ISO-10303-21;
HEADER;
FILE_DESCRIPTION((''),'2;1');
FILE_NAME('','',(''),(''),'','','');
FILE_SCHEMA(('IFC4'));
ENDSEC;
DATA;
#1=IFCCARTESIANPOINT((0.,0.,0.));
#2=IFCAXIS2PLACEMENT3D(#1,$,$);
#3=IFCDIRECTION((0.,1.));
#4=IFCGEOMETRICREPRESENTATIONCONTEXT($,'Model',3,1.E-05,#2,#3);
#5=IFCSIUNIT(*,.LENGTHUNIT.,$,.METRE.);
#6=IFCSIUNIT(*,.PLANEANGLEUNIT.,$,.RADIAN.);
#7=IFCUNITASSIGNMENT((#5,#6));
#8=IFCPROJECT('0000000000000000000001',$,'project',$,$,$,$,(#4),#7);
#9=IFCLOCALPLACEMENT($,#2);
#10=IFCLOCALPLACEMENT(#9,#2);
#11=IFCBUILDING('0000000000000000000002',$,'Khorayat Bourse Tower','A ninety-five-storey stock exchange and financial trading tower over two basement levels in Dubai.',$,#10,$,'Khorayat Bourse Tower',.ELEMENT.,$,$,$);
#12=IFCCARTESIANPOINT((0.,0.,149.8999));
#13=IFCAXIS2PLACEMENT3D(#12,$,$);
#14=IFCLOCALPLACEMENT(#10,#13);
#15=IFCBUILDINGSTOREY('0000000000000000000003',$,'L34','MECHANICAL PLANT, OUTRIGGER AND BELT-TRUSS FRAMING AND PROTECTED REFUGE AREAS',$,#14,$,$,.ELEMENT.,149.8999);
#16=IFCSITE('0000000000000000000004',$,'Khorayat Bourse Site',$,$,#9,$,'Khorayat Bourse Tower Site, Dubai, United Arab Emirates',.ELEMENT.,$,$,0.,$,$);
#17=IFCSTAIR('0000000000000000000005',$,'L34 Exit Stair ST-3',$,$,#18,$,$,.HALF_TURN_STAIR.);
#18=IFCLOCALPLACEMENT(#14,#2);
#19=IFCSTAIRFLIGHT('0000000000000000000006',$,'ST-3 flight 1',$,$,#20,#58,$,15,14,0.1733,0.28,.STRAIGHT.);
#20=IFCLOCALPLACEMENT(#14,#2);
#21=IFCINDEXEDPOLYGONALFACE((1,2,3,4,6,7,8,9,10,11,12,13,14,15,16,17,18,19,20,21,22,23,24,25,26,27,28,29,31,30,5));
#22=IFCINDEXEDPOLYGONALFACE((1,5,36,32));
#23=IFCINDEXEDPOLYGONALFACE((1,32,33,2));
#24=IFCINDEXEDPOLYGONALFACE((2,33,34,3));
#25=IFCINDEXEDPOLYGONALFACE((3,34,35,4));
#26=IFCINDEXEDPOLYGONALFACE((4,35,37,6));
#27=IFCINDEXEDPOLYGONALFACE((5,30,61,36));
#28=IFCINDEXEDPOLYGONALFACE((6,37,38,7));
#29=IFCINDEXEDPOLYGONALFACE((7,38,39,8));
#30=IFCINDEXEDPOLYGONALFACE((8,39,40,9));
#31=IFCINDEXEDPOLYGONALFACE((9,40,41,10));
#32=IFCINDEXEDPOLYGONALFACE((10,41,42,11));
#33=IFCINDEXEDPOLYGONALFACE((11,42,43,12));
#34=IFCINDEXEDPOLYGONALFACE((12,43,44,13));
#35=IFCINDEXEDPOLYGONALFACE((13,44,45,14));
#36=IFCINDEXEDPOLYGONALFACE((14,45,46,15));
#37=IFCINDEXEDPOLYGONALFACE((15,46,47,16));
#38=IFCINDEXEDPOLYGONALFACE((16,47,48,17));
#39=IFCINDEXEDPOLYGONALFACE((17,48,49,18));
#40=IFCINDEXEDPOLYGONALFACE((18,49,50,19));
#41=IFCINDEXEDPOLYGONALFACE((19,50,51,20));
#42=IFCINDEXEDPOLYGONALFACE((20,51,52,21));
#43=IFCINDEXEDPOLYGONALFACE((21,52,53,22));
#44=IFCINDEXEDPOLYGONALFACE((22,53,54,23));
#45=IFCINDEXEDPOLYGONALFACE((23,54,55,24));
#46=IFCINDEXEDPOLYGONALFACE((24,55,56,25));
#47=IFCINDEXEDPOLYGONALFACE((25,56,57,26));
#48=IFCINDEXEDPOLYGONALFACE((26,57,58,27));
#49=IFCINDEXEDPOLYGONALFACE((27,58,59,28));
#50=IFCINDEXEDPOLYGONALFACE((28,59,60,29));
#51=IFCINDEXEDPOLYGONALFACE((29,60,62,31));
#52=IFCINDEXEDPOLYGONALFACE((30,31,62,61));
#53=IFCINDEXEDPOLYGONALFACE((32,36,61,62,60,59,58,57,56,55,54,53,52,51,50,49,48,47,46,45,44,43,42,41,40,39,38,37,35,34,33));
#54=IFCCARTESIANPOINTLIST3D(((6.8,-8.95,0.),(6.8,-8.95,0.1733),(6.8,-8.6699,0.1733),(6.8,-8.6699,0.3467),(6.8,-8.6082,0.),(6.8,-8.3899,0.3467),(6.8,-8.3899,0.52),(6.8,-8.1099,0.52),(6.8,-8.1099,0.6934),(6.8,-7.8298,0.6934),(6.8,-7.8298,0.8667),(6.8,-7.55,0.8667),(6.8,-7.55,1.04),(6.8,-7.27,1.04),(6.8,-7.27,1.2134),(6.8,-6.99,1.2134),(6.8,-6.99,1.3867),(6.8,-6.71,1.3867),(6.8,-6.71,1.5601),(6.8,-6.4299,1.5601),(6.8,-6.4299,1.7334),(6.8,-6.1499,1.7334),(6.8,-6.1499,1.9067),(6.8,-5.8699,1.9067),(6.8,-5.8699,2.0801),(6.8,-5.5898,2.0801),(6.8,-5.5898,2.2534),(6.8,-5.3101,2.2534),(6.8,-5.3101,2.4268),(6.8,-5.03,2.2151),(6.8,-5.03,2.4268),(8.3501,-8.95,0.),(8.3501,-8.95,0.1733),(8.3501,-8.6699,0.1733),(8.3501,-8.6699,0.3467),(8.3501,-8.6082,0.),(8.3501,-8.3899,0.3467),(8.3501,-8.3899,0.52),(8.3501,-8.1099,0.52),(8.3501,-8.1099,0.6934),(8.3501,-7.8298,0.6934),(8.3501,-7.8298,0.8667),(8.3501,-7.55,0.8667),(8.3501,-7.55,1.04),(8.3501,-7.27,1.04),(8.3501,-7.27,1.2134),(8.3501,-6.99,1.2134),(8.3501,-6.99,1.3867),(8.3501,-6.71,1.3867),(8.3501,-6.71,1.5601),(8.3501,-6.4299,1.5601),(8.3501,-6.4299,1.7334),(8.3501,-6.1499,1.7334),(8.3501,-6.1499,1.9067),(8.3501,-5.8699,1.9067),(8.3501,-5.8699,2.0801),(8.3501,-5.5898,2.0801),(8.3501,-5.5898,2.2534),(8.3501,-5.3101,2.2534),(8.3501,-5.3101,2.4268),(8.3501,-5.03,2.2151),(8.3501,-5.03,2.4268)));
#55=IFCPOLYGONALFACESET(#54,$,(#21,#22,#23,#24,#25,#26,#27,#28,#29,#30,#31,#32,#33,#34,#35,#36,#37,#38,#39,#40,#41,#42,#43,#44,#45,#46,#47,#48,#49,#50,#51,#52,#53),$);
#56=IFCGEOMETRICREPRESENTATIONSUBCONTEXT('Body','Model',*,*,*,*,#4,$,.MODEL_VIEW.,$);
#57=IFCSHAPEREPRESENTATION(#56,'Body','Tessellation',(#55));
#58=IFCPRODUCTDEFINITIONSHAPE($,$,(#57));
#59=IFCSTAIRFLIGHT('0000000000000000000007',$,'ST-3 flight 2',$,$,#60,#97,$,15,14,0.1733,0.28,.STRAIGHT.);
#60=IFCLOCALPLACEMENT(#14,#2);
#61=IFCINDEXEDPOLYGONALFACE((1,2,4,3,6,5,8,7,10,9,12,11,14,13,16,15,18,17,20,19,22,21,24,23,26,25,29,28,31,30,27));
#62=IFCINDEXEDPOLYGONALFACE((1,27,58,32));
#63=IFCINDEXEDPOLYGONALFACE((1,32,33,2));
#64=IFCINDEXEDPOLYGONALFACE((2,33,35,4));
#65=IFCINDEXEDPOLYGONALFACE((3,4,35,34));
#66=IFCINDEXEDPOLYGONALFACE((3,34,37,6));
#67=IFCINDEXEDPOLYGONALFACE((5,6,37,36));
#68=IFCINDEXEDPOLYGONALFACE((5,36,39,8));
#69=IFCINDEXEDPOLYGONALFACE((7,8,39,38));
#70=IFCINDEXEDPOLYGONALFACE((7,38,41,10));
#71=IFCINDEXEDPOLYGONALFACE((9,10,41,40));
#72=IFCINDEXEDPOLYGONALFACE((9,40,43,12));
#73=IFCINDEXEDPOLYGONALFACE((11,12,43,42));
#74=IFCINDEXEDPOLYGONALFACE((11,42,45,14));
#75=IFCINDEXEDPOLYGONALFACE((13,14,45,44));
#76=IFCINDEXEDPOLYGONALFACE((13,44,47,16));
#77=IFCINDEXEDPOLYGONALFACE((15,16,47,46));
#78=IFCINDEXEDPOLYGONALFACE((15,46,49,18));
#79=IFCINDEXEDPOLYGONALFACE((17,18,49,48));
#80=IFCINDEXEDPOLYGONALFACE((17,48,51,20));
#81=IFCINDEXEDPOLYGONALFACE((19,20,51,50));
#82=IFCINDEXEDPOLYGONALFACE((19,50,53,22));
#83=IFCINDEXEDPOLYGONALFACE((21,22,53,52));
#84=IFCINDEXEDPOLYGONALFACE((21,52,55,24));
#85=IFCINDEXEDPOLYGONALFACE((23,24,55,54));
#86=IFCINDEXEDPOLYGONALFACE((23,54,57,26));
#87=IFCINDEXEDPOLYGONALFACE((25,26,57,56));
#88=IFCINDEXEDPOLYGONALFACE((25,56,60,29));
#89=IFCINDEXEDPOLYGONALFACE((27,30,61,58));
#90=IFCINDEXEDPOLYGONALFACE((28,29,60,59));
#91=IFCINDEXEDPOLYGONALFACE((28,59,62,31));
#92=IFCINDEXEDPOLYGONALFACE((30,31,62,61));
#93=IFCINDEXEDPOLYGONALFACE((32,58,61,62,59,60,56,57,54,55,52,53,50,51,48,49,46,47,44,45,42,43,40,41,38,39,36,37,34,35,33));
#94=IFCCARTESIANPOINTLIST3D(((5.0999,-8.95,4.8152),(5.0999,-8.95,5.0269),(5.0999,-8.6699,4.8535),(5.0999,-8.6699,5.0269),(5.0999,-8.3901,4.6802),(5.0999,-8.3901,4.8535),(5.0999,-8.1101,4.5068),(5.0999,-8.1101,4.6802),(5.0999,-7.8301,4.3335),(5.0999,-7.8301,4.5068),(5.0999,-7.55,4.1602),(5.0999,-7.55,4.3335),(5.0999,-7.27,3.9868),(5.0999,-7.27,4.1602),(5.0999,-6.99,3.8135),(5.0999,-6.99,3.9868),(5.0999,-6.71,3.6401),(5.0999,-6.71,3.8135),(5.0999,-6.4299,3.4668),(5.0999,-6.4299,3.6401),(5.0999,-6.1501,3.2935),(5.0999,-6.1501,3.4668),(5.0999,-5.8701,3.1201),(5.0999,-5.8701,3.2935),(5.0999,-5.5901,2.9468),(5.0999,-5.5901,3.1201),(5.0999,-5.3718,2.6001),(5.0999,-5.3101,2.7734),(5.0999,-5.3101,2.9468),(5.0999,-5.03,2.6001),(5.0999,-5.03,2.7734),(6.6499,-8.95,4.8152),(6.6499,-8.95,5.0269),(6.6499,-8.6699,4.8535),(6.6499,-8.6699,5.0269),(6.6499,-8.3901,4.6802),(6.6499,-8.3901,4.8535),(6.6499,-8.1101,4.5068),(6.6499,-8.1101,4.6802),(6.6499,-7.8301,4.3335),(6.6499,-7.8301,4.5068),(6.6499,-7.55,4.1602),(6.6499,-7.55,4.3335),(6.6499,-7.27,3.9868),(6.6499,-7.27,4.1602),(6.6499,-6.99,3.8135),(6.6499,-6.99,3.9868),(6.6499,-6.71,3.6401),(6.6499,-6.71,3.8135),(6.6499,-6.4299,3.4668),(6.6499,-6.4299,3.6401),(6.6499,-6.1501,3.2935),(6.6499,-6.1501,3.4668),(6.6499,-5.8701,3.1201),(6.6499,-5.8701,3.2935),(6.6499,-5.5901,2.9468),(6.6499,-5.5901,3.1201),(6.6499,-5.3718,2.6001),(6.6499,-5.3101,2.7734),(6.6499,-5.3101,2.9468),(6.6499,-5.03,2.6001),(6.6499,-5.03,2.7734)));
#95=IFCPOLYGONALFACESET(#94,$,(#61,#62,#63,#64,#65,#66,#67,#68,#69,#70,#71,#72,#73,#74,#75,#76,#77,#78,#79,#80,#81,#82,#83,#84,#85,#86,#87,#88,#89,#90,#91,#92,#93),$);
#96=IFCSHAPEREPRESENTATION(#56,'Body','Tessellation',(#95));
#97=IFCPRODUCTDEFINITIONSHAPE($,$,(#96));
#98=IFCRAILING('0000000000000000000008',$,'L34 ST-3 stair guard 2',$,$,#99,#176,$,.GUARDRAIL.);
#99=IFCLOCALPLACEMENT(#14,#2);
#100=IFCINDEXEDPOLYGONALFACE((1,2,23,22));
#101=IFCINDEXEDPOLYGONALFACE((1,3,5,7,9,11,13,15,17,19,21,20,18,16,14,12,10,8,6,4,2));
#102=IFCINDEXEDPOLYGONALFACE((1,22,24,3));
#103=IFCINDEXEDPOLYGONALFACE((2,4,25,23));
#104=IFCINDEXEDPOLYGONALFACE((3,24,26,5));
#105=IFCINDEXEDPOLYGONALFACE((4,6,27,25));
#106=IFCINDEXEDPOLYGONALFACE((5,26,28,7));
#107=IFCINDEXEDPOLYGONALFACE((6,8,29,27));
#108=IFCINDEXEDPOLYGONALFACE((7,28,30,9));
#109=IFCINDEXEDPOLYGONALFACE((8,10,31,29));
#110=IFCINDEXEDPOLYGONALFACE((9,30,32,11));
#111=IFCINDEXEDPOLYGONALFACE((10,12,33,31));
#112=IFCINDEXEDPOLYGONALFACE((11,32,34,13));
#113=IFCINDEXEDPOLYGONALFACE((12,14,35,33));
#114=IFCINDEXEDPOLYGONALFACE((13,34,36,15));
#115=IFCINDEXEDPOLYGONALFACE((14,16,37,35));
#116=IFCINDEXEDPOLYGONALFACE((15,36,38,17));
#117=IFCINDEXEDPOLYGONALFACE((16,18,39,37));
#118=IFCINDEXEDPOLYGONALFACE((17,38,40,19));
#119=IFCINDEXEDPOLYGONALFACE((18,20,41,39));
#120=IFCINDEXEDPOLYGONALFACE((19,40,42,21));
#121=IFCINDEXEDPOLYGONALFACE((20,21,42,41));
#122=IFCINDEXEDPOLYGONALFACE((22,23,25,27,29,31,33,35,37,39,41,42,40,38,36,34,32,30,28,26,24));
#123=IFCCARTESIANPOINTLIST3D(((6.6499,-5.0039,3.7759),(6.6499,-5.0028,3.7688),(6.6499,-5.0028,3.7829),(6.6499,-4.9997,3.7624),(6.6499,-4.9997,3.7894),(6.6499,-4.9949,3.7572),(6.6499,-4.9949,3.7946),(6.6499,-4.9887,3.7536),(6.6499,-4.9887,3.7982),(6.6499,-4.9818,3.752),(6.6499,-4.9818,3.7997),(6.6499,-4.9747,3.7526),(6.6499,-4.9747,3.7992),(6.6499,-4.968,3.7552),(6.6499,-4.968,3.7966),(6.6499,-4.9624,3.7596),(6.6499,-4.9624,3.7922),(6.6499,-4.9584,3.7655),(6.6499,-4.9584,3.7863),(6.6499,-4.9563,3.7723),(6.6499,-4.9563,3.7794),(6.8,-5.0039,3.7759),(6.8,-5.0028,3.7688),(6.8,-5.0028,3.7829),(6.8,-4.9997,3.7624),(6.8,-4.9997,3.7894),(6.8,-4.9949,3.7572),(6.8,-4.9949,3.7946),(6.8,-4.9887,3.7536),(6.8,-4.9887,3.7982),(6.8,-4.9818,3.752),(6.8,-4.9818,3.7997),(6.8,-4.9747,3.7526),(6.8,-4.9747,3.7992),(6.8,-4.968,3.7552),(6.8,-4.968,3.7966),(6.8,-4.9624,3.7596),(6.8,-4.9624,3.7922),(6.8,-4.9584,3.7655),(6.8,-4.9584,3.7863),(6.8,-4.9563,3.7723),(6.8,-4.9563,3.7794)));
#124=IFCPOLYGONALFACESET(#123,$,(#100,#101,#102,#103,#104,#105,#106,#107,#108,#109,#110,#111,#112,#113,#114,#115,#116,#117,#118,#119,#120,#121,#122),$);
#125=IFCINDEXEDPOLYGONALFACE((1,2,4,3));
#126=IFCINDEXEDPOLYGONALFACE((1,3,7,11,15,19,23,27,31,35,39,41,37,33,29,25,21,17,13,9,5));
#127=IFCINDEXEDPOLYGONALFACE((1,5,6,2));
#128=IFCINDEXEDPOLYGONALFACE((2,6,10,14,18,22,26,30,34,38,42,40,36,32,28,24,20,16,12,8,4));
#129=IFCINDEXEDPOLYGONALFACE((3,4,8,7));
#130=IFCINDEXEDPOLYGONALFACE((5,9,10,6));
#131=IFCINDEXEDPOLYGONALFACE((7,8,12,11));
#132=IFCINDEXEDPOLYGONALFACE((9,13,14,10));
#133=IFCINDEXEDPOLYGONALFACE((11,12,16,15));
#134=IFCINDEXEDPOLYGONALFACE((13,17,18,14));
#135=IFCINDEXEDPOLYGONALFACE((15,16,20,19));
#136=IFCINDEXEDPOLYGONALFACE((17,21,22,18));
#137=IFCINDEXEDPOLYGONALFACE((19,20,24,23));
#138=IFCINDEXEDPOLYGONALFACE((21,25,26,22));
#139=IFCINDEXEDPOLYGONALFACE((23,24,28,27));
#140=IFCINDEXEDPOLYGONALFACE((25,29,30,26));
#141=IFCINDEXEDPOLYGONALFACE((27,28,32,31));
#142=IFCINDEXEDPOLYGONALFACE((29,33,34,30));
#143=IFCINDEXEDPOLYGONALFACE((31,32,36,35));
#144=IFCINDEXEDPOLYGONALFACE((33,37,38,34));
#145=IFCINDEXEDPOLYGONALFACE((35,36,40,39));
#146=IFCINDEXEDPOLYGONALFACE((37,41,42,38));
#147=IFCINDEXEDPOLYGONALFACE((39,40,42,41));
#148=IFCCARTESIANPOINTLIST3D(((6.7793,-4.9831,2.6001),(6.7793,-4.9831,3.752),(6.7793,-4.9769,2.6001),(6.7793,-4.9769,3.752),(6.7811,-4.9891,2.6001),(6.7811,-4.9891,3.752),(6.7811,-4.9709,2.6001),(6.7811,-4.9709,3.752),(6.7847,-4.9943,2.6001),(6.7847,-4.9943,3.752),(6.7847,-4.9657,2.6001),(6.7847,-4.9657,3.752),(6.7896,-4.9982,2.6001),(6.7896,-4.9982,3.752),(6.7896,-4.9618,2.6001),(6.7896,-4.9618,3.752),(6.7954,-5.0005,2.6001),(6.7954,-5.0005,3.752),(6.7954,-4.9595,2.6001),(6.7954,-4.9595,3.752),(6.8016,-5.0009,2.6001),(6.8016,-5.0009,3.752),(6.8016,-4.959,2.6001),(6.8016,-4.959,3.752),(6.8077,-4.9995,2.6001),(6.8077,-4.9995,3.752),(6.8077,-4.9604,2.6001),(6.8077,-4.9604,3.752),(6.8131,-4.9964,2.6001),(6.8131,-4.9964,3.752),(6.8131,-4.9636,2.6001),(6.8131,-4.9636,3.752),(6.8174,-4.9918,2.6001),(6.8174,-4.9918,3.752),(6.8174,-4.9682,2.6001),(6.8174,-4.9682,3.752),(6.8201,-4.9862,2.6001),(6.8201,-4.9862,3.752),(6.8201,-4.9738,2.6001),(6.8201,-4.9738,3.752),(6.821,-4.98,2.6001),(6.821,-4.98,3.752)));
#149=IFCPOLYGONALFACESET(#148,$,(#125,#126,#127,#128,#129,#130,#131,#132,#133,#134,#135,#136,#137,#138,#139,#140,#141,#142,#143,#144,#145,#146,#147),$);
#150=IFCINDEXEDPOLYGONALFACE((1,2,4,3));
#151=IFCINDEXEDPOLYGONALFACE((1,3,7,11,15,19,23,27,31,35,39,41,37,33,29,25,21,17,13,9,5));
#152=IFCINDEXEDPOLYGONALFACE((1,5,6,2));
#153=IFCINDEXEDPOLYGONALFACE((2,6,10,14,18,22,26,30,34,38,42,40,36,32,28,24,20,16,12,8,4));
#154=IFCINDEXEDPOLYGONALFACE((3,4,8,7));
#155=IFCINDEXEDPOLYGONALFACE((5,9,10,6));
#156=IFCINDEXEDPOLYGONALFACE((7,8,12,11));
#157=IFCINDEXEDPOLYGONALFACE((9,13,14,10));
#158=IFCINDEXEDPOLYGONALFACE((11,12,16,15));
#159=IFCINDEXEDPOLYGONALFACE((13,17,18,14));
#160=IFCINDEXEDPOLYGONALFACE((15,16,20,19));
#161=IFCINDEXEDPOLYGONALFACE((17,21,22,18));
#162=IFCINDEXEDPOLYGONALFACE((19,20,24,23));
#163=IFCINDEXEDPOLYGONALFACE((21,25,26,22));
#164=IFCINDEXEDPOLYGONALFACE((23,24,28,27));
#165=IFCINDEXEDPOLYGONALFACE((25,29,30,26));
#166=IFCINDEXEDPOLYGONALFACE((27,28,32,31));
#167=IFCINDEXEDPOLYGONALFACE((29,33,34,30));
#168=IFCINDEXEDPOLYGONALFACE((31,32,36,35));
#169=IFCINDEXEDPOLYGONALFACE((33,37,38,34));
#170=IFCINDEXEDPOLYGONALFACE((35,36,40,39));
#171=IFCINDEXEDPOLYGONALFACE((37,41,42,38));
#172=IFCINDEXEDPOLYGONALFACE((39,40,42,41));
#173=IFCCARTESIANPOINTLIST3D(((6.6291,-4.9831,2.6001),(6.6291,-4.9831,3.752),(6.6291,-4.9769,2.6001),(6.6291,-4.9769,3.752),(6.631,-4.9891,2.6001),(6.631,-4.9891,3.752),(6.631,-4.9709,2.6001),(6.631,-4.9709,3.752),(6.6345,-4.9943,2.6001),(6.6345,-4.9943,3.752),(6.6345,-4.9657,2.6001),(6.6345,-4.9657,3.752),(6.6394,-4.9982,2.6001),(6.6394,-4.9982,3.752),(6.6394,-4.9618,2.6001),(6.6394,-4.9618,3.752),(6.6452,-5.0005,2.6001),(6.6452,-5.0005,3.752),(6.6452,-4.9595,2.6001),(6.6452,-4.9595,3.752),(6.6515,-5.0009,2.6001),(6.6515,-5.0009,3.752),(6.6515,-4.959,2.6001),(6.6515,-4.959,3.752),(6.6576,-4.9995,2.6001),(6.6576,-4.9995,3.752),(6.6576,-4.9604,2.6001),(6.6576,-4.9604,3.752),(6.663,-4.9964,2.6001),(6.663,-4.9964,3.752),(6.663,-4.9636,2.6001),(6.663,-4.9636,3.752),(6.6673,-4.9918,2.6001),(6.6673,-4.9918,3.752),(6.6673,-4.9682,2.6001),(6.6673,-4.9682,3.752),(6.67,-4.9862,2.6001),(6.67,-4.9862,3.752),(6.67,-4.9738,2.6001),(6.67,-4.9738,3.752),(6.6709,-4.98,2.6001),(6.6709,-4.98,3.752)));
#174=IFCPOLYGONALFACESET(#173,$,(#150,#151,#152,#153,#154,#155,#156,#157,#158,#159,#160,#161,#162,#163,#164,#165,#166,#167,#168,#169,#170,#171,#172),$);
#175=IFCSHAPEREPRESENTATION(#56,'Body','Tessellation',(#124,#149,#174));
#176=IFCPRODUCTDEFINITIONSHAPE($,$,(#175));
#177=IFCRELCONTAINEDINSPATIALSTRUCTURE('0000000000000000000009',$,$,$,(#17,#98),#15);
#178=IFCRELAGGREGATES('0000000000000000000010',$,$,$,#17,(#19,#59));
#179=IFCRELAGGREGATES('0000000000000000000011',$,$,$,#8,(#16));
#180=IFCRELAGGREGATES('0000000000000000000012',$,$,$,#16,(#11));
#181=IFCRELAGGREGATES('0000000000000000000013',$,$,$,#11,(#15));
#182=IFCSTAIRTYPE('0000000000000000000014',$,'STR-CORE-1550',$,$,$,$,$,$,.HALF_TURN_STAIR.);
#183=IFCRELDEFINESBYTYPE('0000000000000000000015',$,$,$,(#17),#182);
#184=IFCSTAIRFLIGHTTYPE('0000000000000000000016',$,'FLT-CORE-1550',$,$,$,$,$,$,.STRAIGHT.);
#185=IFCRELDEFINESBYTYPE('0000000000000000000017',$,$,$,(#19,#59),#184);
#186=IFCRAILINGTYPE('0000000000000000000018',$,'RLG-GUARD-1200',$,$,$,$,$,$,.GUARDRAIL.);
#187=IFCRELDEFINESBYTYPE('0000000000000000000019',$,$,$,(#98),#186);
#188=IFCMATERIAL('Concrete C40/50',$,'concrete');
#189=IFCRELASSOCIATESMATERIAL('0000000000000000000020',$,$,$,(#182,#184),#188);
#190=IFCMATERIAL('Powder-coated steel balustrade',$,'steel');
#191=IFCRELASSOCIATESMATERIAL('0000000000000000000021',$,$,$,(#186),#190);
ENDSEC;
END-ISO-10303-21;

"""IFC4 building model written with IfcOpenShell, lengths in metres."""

from ifc_helpers import new_model, si_unit, direction, frame, origin, origin_2d, place, context, subcontext, project, spatial, polyline, circle, outline, extrude, source, transform, mapped, material, type_object, element, aggregate, save


model = new_model("IFC4")

# Units and contexts
model_context = context("Model", 3, precision=1e-05, world=origin(), true_north=direction((0.0, 1.0)))
body_context = subcontext(model_context, "Body", "Model", "MODEL_VIEW")
ifc_project = project(units=[si_unit("LENGTHUNIT", "METRE"), si_unit("PLANEANGLEUNIT", "RADIAN")], contexts=[model_context])

# Site, building, storey
site_placement = place(None, origin())
site = spatial("IfcSite", under=ifc_project, at=site_placement, Name="Khorayat Bourse Site", LongName="Khorayat Bourse Tower Site, Dubai, United Arab Emirates", CompositionType="ELEMENT", RefElevation=0.0)
building_placement = place(site_placement, origin())
building = spatial("IfcBuilding", under=site, at=building_placement, Name="Khorayat Bourse Tower", Description="A ninety-five-storey stock exchange and financial trading tower over two basement levels in Dubai.", LongName="Khorayat Bourse Tower", CompositionType="ELEMENT")
storey_placement = place(building_placement, frame((0.0, 0.0, 149.8999)))
storey = spatial("IfcBuildingStorey", under=building, at=storey_placement, Name="L34", Description="MECHANICAL PLANT, OUTRIGGER AND BELT-TRUSS FRAMING AND PROTECTED REFUGE AREAS", CompositionType="ELEMENT", Elevation=149.8999)

# Stair, stair flights
ifc_material_1 = material(Name="Concrete C40/50", Category="concrete")
stair_type = type_object("IfcStairType", Name="STR-CORE-1550", PredefinedType="HALF_TURN_STAIR", material=ifc_material_1)
stair_placement = place(storey_placement, origin())
stair = element("IfcStair", 1, at=stair_placement, inside=storey, type_object=stair_type, Name="L34 Exit Stair ST-3", PredefinedType="HALF_TURN_STAIR")
stair_flight_type = type_object("IfcStairFlightType", Name="FLT-CORE-1550", PredefinedType="STRAIGHT", material=ifc_material_1)
shared_shape_1 = source(origin(), body_context, "Body", "SweptSolid", [
    extrude(outline(polyline([(0.0, 0.0), (0.0, 0.1733), (0.28, 0.1733), (0.28, 0.3467), (0.5601, 0.3467), (0.5601, 0.52), (0.8401, 0.52), (0.8401, 0.6934), (1.1201, 0.6934), (1.1201, 0.8667), (1.3999, 0.8667), (1.3999, 1.04), (1.6799, 1.04), (1.6799, 1.2134), (1.96, 1.2134), (1.96, 1.3867), (2.24, 1.3867), (2.24, 1.5601), (2.52, 1.5601), (2.52, 1.7334), (2.8, 1.7334), (2.8, 1.9067), (3.0801, 1.9067), (3.0801, 2.0801), (3.3601, 2.0801), (3.3601, 2.2534), (3.6399, 2.2534), (3.6399, 2.4268), (3.9199, 2.4268), (3.9199, 2.6001), (3.9199, 2.2151), (0.3418, 0.0), (0.0, 0.0)])), frame((0.0, 0.7749, 0.0), z_axis=(0.0, -1.0, 0.0), x_axis=(1.0, 0.0, 0.0)), (0.0, 0.0, 1.0), 1.55),
])
stair_flight_1_placement = place(storey_placement, frame((7.575, -8.95, 0.0), z_axis=(0.0, 0.0, 1.0), x_axis=(0.0, 1.0, 0.0)))
stair_flight_1 = element("IfcStairFlight", 2, at=stair_flight_1_placement, type_object=stair_flight_type, Name="ST-3 flight 1", NumberOfRisers=15, NumberOfTreads=14, PredefinedType="STRAIGHT", RiserHeight=0.1733, TreadLength=0.28, context=body_context, shape_type="MappedRepresentation", body=[
    mapped(shared_shape_1, transform((0.0, 0.0, 0.0), scale=1.0)),
])
stair_flight_2_placement = place(storey_placement, frame((5.875, -5.03, 2.6001), z_axis=(0.0, 0.0, 1.0), x_axis=(0.0, -1.0, 0.0)))
stair_flight_2 = element("IfcStairFlight", 3, at=stair_flight_2_placement, type_object=stair_flight_type, Name="ST-3 flight 2", NumberOfRisers=15, NumberOfTreads=14, PredefinedType="STRAIGHT", RiserHeight=0.1733, TreadLength=0.28, context=body_context, shape_type="MappedRepresentation", body=[
    mapped(shared_shape_1, transform((0.0, 0.0, 0.0), scale=1.0)),
])
aggregate(stair, [stair_flight_1, stair_flight_2])

# Railing
ifc_material_2 = material(Name="Powder-coated steel balustrade", Category="steel")
railing_type_1 = type_object("IfcRailingType", Name="RLG-GUARD-1200", PredefinedType="GUARDRAIL", material=ifc_material_2)
shared_shape_2 = source(origin(), body_context, "Body", "SweptSolid", [
    extrude(circle(Radius=0.0239, at=origin_2d()), frame((0.0, 0.0, 1.1758), z_axis=(-1.0, 0.0, 0.0), x_axis=(0.0, -1.0, 0.0)), (0.0, 0.0, 1.0), 0.1501),
    extrude(circle(Radius=0.021, at=origin_2d()), origin(), (0.0, 0.0, 1.0), 1.1519),
    extrude(circle(Radius=0.021, at=origin_2d()), frame((-0.1501, 0.0, 0.0)), (0.0, 0.0, 1.0), 1.1519),
])
for number, where, name in (
    (4, (6.8, -4.98, 2.6001), "L34 ST-3 stair guard 2"),
):
    element("IfcRailing", number, at=place(storey_placement, frame(where)), inside=storey, type_object=railing_type_1, Name=name, PredefinedType="GUARDRAIL", context=body_context, shape_type="MappedRepresentation", body=[
        mapped(shared_shape_2, transform((0.0, 0.0, 0.0), scale=1.0)),
    ])

save(model, "model.ifc")
